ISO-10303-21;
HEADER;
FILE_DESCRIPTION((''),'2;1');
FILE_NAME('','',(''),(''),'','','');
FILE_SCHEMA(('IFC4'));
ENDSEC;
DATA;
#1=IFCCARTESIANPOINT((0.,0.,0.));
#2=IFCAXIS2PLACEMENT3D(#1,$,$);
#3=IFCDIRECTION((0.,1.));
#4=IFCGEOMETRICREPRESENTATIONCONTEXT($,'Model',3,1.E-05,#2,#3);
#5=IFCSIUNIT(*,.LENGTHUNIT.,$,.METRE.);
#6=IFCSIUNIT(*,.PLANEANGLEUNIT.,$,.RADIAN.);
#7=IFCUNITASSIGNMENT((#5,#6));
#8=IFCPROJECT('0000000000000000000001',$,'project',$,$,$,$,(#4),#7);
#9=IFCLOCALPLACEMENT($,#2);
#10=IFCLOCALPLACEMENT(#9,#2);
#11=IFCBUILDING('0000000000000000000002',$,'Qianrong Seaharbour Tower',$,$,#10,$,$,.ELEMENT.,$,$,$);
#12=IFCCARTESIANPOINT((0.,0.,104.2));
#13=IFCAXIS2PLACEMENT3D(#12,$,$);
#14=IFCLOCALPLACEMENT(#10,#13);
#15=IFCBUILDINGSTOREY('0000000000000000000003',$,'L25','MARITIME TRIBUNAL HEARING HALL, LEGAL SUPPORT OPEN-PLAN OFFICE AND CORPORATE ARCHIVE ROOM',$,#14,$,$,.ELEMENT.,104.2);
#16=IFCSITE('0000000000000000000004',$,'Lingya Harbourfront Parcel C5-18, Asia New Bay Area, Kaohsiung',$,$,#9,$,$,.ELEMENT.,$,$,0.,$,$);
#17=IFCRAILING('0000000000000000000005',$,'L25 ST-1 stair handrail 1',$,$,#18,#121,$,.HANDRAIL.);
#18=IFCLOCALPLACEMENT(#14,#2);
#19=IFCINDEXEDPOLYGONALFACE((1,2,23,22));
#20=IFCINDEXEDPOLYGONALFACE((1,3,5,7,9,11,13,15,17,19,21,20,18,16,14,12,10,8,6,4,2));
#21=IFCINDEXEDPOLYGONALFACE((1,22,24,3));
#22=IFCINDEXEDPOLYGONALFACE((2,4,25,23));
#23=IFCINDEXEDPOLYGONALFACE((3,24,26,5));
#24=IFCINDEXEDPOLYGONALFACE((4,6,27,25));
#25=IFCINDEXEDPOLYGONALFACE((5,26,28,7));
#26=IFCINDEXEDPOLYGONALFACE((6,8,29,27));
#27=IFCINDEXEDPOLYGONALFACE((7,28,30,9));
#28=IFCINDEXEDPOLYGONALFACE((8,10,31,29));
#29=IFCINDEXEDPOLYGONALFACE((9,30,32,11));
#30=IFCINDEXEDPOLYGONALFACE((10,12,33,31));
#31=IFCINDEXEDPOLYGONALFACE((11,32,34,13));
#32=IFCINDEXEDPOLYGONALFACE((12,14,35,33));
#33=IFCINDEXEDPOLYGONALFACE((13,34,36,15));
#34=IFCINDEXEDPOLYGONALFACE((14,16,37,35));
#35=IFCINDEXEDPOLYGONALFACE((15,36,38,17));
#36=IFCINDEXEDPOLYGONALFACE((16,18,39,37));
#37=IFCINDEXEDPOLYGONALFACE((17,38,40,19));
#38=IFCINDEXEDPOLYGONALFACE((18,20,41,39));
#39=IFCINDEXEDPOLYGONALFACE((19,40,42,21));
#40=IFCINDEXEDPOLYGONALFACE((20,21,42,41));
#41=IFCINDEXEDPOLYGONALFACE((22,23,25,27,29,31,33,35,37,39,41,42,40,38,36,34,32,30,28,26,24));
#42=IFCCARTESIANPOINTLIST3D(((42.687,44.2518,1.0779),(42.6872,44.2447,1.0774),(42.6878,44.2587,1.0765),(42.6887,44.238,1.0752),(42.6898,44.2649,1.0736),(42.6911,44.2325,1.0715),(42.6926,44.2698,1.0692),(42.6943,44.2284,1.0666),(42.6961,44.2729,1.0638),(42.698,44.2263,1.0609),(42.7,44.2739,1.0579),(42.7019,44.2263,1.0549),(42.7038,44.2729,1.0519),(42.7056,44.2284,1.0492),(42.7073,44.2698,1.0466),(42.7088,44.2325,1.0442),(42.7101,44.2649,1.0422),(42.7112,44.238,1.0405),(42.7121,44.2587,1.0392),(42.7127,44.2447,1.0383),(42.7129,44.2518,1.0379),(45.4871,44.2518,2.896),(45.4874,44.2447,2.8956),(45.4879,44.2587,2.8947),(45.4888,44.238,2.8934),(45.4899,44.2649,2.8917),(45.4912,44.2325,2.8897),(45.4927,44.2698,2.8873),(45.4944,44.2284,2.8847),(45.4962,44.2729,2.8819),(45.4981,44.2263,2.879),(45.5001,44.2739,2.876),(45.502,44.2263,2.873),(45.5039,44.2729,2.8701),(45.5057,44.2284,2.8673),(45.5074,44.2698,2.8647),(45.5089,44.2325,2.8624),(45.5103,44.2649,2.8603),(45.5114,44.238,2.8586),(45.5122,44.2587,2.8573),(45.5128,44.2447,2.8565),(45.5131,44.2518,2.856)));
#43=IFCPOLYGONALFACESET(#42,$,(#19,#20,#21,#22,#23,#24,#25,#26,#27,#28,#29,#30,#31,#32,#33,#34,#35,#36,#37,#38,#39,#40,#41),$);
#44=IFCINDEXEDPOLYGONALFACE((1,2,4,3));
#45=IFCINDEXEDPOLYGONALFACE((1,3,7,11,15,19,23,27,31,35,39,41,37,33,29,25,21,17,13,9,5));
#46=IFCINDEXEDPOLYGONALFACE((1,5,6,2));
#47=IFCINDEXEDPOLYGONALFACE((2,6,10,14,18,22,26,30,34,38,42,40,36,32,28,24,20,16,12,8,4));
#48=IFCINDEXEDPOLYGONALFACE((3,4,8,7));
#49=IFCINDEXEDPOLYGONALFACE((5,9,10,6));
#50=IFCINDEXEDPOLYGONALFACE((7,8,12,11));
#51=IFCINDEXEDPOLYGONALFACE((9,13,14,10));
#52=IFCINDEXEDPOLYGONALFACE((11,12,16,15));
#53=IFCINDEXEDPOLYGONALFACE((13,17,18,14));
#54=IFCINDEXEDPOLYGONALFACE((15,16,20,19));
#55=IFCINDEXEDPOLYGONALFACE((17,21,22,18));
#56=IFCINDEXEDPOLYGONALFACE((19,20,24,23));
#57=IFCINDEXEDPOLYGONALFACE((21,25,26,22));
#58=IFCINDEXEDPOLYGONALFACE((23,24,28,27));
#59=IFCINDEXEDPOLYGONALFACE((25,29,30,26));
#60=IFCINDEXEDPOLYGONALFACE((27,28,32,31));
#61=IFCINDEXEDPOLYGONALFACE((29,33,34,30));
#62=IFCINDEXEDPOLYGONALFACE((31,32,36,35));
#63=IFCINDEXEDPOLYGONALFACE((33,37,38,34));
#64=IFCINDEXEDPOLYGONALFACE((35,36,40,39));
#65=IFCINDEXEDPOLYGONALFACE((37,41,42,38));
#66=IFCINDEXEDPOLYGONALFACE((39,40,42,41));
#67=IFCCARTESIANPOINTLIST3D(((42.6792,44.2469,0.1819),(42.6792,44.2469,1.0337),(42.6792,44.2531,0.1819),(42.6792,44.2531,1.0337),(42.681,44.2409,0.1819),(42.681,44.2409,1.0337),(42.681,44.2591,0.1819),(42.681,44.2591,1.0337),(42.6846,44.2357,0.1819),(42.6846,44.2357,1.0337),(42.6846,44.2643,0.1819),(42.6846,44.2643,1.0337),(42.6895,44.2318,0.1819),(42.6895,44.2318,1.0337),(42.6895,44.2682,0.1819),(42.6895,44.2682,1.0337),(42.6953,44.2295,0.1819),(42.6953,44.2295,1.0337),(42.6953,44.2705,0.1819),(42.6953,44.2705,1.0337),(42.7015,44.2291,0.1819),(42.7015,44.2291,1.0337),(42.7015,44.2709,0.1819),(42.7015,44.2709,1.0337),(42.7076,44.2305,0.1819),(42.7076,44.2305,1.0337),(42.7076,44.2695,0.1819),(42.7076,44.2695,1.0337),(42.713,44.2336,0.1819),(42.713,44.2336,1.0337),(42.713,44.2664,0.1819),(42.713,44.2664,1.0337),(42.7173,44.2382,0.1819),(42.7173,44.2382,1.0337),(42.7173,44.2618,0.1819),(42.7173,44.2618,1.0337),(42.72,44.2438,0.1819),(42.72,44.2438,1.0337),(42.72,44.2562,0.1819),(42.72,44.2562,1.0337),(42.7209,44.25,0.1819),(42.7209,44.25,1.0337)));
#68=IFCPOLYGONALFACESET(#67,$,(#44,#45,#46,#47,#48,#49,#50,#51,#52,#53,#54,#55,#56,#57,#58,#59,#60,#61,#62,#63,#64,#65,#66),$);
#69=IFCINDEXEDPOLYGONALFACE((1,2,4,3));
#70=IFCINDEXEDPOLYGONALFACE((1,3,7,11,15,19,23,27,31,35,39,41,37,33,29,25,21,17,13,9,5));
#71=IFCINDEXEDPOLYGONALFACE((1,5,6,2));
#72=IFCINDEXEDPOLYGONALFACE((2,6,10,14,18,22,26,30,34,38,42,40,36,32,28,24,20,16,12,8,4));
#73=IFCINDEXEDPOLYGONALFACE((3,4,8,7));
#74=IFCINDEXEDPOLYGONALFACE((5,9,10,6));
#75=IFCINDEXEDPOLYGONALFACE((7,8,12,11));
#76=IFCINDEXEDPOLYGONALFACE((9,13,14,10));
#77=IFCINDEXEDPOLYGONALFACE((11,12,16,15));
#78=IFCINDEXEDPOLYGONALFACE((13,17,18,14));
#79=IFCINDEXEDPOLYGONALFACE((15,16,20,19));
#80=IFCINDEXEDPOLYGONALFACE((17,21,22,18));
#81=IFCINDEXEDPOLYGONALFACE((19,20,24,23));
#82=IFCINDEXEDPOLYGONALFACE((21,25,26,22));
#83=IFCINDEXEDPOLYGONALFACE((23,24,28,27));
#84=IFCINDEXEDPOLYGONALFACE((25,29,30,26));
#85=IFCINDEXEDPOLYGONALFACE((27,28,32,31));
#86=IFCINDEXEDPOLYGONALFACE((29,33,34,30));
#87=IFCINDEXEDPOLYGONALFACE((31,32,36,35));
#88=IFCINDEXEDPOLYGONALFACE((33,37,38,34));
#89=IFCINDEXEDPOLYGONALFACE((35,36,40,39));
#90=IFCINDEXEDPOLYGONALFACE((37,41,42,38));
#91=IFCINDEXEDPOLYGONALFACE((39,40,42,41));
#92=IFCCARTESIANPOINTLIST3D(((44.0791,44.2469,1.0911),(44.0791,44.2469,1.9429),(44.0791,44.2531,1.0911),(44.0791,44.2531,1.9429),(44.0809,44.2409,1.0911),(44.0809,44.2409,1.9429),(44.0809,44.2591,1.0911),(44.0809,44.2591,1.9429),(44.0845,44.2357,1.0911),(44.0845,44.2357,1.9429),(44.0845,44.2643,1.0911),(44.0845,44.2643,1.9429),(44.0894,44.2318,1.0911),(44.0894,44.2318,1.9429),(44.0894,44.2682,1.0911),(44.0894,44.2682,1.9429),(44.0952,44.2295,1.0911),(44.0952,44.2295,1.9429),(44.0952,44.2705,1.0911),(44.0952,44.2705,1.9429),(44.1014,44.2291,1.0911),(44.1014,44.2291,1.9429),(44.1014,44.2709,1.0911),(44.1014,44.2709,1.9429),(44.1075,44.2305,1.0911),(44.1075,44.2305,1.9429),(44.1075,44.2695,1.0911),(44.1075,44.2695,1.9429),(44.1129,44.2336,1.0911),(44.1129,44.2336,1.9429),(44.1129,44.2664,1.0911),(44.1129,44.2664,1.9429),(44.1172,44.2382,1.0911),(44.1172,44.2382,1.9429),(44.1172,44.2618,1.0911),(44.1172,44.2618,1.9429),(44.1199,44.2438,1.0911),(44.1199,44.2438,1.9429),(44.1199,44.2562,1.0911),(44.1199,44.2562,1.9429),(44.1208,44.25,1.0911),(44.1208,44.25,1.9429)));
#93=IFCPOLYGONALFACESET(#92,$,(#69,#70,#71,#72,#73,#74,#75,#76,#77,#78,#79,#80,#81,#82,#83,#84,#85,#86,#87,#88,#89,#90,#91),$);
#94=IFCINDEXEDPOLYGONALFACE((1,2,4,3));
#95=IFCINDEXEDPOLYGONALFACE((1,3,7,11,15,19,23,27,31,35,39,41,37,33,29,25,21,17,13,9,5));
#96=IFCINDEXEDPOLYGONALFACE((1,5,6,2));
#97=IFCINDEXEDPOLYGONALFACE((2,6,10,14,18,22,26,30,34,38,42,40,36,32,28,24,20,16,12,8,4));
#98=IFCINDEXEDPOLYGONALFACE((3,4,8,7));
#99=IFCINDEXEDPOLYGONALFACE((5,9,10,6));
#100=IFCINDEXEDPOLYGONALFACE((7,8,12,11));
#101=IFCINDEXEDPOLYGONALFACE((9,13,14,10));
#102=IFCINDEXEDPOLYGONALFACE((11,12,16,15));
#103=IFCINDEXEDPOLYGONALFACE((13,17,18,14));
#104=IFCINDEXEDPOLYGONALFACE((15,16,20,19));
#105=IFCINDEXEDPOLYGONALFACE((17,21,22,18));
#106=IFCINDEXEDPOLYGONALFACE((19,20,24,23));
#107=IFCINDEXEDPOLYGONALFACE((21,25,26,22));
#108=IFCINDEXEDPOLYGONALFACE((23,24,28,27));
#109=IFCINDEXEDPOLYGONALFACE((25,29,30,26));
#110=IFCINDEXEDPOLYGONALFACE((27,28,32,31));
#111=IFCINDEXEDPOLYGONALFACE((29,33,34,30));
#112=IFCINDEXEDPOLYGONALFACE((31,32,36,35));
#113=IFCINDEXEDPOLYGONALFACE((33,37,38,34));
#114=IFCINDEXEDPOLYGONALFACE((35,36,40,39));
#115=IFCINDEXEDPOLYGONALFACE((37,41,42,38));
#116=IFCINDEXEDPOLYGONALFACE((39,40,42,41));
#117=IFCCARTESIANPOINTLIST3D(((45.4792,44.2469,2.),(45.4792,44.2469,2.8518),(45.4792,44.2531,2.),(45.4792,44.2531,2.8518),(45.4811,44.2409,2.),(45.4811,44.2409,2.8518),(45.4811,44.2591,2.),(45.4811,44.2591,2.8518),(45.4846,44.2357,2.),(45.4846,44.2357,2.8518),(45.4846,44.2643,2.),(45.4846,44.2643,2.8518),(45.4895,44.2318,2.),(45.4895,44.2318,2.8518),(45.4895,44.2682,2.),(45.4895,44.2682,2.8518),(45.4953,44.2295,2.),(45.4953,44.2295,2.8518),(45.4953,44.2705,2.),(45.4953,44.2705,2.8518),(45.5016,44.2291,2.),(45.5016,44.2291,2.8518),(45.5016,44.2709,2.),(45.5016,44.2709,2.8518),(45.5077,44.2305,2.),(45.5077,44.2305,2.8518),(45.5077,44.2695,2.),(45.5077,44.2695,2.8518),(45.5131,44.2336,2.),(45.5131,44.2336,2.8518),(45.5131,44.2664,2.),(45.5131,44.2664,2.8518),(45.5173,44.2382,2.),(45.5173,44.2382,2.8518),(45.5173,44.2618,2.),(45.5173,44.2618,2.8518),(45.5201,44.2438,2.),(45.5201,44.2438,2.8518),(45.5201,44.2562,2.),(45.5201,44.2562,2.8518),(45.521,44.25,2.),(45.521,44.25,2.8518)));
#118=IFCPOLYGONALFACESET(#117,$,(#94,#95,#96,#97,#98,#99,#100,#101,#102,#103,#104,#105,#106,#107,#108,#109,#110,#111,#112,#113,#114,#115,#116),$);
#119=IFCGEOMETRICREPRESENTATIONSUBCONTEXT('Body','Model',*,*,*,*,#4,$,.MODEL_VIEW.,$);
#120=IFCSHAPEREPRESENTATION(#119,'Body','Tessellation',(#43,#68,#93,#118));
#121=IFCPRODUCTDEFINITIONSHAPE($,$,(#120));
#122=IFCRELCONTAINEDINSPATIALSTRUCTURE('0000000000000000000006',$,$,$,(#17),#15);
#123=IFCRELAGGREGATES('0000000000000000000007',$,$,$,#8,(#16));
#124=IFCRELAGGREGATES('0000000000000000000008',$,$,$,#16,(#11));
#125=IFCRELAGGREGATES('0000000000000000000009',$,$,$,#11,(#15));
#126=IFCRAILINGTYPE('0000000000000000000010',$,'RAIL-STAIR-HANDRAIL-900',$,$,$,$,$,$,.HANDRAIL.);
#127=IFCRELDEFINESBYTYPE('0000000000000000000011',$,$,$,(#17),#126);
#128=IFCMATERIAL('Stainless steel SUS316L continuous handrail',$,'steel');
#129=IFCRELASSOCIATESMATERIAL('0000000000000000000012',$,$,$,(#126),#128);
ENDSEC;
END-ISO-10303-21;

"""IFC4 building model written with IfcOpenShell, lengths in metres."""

from ifc_helpers import new_model, si_unit, direction, frame, origin, origin_2d, place, context, subcontext, project, spatial, circle, extrude, material, type_object, element, save


model = new_model("IFC4")

# Units and contexts
model_context = context("Model", 3, precision=1e-05, world=origin(), true_north=direction((0.0, 1.0)))
body_context = subcontext(model_context, "Body", "Model", "MODEL_VIEW")
ifc_project = project(units=[si_unit("LENGTHUNIT", "METRE"), si_unit("PLANEANGLEUNIT", "RADIAN")], contexts=[model_context])

# Site, building, storey
site_placement = place(None, origin())
site = spatial("IfcSite", under=ifc_project, at=site_placement, Name="Lingya Harbourfront Parcel C5-18, Asia New Bay Area, Kaohsiung", CompositionType="ELEMENT", RefElevation=0.0)
building_placement = place(site_placement, origin())
building = spatial("IfcBuilding", under=site, at=building_placement, Name="Qianrong Seaharbour Tower", CompositionType="ELEMENT")
storey_placement = place(building_placement, frame((0.0, 0.0, 104.2)))
storey = spatial("IfcBuildingStorey", under=building, at=storey_placement, Name="L25", Description="MARITIME TRIBUNAL HEARING HALL, LEGAL SUPPORT OPEN-PLAN OFFICE AND CORPORATE ARCHIVE ROOM", CompositionType="ELEMENT", Elevation=104.2)

# Railing
ifc_material_1 = material(Name="Stainless steel SUS316L continuous handrail", Category="steel")
railing_type = type_object("IfcRailingType", Name="RAIL-STAIR-HANDRAIL-900", PredefinedType="HANDRAIL", material=ifc_material_1)
railing_placement = place(storey_placement, frame((42.7, 44.25, 0.1819)))
element("IfcRailing", 1, at=railing_placement, inside=storey, type_object=railing_type, Name="L25 ST-1 stair handrail 1", PredefinedType="HANDRAIL", context=body_context, shape_type="SweptSolid", body=[
    extrude(circle(Radius=0.0239, at=origin_2d()), frame((0.0, 0.0, 0.876), z_axis=(0.838706, 0.0, 0.544585), x_axis=(0.0, 1.0, 0.0)), (0.0, 0.0, 1.0), 3.3386),
    extrude(circle(Radius=0.021, at=origin_2d()), origin(), (0.0, 0.0, 1.0), 0.8518),
    extrude(circle(Radius=0.021, at=origin_2d()), frame((1.3999, 0.0, 0.9092)), (0.0, 0.0, 1.0), 0.8518),
    extrude(circle(Radius=0.021, at=origin_2d()), frame((2.8, 0.0, 1.8181)), (0.0, 0.0, 1.0), 0.8518),
])

save(model, "model.ifc")
